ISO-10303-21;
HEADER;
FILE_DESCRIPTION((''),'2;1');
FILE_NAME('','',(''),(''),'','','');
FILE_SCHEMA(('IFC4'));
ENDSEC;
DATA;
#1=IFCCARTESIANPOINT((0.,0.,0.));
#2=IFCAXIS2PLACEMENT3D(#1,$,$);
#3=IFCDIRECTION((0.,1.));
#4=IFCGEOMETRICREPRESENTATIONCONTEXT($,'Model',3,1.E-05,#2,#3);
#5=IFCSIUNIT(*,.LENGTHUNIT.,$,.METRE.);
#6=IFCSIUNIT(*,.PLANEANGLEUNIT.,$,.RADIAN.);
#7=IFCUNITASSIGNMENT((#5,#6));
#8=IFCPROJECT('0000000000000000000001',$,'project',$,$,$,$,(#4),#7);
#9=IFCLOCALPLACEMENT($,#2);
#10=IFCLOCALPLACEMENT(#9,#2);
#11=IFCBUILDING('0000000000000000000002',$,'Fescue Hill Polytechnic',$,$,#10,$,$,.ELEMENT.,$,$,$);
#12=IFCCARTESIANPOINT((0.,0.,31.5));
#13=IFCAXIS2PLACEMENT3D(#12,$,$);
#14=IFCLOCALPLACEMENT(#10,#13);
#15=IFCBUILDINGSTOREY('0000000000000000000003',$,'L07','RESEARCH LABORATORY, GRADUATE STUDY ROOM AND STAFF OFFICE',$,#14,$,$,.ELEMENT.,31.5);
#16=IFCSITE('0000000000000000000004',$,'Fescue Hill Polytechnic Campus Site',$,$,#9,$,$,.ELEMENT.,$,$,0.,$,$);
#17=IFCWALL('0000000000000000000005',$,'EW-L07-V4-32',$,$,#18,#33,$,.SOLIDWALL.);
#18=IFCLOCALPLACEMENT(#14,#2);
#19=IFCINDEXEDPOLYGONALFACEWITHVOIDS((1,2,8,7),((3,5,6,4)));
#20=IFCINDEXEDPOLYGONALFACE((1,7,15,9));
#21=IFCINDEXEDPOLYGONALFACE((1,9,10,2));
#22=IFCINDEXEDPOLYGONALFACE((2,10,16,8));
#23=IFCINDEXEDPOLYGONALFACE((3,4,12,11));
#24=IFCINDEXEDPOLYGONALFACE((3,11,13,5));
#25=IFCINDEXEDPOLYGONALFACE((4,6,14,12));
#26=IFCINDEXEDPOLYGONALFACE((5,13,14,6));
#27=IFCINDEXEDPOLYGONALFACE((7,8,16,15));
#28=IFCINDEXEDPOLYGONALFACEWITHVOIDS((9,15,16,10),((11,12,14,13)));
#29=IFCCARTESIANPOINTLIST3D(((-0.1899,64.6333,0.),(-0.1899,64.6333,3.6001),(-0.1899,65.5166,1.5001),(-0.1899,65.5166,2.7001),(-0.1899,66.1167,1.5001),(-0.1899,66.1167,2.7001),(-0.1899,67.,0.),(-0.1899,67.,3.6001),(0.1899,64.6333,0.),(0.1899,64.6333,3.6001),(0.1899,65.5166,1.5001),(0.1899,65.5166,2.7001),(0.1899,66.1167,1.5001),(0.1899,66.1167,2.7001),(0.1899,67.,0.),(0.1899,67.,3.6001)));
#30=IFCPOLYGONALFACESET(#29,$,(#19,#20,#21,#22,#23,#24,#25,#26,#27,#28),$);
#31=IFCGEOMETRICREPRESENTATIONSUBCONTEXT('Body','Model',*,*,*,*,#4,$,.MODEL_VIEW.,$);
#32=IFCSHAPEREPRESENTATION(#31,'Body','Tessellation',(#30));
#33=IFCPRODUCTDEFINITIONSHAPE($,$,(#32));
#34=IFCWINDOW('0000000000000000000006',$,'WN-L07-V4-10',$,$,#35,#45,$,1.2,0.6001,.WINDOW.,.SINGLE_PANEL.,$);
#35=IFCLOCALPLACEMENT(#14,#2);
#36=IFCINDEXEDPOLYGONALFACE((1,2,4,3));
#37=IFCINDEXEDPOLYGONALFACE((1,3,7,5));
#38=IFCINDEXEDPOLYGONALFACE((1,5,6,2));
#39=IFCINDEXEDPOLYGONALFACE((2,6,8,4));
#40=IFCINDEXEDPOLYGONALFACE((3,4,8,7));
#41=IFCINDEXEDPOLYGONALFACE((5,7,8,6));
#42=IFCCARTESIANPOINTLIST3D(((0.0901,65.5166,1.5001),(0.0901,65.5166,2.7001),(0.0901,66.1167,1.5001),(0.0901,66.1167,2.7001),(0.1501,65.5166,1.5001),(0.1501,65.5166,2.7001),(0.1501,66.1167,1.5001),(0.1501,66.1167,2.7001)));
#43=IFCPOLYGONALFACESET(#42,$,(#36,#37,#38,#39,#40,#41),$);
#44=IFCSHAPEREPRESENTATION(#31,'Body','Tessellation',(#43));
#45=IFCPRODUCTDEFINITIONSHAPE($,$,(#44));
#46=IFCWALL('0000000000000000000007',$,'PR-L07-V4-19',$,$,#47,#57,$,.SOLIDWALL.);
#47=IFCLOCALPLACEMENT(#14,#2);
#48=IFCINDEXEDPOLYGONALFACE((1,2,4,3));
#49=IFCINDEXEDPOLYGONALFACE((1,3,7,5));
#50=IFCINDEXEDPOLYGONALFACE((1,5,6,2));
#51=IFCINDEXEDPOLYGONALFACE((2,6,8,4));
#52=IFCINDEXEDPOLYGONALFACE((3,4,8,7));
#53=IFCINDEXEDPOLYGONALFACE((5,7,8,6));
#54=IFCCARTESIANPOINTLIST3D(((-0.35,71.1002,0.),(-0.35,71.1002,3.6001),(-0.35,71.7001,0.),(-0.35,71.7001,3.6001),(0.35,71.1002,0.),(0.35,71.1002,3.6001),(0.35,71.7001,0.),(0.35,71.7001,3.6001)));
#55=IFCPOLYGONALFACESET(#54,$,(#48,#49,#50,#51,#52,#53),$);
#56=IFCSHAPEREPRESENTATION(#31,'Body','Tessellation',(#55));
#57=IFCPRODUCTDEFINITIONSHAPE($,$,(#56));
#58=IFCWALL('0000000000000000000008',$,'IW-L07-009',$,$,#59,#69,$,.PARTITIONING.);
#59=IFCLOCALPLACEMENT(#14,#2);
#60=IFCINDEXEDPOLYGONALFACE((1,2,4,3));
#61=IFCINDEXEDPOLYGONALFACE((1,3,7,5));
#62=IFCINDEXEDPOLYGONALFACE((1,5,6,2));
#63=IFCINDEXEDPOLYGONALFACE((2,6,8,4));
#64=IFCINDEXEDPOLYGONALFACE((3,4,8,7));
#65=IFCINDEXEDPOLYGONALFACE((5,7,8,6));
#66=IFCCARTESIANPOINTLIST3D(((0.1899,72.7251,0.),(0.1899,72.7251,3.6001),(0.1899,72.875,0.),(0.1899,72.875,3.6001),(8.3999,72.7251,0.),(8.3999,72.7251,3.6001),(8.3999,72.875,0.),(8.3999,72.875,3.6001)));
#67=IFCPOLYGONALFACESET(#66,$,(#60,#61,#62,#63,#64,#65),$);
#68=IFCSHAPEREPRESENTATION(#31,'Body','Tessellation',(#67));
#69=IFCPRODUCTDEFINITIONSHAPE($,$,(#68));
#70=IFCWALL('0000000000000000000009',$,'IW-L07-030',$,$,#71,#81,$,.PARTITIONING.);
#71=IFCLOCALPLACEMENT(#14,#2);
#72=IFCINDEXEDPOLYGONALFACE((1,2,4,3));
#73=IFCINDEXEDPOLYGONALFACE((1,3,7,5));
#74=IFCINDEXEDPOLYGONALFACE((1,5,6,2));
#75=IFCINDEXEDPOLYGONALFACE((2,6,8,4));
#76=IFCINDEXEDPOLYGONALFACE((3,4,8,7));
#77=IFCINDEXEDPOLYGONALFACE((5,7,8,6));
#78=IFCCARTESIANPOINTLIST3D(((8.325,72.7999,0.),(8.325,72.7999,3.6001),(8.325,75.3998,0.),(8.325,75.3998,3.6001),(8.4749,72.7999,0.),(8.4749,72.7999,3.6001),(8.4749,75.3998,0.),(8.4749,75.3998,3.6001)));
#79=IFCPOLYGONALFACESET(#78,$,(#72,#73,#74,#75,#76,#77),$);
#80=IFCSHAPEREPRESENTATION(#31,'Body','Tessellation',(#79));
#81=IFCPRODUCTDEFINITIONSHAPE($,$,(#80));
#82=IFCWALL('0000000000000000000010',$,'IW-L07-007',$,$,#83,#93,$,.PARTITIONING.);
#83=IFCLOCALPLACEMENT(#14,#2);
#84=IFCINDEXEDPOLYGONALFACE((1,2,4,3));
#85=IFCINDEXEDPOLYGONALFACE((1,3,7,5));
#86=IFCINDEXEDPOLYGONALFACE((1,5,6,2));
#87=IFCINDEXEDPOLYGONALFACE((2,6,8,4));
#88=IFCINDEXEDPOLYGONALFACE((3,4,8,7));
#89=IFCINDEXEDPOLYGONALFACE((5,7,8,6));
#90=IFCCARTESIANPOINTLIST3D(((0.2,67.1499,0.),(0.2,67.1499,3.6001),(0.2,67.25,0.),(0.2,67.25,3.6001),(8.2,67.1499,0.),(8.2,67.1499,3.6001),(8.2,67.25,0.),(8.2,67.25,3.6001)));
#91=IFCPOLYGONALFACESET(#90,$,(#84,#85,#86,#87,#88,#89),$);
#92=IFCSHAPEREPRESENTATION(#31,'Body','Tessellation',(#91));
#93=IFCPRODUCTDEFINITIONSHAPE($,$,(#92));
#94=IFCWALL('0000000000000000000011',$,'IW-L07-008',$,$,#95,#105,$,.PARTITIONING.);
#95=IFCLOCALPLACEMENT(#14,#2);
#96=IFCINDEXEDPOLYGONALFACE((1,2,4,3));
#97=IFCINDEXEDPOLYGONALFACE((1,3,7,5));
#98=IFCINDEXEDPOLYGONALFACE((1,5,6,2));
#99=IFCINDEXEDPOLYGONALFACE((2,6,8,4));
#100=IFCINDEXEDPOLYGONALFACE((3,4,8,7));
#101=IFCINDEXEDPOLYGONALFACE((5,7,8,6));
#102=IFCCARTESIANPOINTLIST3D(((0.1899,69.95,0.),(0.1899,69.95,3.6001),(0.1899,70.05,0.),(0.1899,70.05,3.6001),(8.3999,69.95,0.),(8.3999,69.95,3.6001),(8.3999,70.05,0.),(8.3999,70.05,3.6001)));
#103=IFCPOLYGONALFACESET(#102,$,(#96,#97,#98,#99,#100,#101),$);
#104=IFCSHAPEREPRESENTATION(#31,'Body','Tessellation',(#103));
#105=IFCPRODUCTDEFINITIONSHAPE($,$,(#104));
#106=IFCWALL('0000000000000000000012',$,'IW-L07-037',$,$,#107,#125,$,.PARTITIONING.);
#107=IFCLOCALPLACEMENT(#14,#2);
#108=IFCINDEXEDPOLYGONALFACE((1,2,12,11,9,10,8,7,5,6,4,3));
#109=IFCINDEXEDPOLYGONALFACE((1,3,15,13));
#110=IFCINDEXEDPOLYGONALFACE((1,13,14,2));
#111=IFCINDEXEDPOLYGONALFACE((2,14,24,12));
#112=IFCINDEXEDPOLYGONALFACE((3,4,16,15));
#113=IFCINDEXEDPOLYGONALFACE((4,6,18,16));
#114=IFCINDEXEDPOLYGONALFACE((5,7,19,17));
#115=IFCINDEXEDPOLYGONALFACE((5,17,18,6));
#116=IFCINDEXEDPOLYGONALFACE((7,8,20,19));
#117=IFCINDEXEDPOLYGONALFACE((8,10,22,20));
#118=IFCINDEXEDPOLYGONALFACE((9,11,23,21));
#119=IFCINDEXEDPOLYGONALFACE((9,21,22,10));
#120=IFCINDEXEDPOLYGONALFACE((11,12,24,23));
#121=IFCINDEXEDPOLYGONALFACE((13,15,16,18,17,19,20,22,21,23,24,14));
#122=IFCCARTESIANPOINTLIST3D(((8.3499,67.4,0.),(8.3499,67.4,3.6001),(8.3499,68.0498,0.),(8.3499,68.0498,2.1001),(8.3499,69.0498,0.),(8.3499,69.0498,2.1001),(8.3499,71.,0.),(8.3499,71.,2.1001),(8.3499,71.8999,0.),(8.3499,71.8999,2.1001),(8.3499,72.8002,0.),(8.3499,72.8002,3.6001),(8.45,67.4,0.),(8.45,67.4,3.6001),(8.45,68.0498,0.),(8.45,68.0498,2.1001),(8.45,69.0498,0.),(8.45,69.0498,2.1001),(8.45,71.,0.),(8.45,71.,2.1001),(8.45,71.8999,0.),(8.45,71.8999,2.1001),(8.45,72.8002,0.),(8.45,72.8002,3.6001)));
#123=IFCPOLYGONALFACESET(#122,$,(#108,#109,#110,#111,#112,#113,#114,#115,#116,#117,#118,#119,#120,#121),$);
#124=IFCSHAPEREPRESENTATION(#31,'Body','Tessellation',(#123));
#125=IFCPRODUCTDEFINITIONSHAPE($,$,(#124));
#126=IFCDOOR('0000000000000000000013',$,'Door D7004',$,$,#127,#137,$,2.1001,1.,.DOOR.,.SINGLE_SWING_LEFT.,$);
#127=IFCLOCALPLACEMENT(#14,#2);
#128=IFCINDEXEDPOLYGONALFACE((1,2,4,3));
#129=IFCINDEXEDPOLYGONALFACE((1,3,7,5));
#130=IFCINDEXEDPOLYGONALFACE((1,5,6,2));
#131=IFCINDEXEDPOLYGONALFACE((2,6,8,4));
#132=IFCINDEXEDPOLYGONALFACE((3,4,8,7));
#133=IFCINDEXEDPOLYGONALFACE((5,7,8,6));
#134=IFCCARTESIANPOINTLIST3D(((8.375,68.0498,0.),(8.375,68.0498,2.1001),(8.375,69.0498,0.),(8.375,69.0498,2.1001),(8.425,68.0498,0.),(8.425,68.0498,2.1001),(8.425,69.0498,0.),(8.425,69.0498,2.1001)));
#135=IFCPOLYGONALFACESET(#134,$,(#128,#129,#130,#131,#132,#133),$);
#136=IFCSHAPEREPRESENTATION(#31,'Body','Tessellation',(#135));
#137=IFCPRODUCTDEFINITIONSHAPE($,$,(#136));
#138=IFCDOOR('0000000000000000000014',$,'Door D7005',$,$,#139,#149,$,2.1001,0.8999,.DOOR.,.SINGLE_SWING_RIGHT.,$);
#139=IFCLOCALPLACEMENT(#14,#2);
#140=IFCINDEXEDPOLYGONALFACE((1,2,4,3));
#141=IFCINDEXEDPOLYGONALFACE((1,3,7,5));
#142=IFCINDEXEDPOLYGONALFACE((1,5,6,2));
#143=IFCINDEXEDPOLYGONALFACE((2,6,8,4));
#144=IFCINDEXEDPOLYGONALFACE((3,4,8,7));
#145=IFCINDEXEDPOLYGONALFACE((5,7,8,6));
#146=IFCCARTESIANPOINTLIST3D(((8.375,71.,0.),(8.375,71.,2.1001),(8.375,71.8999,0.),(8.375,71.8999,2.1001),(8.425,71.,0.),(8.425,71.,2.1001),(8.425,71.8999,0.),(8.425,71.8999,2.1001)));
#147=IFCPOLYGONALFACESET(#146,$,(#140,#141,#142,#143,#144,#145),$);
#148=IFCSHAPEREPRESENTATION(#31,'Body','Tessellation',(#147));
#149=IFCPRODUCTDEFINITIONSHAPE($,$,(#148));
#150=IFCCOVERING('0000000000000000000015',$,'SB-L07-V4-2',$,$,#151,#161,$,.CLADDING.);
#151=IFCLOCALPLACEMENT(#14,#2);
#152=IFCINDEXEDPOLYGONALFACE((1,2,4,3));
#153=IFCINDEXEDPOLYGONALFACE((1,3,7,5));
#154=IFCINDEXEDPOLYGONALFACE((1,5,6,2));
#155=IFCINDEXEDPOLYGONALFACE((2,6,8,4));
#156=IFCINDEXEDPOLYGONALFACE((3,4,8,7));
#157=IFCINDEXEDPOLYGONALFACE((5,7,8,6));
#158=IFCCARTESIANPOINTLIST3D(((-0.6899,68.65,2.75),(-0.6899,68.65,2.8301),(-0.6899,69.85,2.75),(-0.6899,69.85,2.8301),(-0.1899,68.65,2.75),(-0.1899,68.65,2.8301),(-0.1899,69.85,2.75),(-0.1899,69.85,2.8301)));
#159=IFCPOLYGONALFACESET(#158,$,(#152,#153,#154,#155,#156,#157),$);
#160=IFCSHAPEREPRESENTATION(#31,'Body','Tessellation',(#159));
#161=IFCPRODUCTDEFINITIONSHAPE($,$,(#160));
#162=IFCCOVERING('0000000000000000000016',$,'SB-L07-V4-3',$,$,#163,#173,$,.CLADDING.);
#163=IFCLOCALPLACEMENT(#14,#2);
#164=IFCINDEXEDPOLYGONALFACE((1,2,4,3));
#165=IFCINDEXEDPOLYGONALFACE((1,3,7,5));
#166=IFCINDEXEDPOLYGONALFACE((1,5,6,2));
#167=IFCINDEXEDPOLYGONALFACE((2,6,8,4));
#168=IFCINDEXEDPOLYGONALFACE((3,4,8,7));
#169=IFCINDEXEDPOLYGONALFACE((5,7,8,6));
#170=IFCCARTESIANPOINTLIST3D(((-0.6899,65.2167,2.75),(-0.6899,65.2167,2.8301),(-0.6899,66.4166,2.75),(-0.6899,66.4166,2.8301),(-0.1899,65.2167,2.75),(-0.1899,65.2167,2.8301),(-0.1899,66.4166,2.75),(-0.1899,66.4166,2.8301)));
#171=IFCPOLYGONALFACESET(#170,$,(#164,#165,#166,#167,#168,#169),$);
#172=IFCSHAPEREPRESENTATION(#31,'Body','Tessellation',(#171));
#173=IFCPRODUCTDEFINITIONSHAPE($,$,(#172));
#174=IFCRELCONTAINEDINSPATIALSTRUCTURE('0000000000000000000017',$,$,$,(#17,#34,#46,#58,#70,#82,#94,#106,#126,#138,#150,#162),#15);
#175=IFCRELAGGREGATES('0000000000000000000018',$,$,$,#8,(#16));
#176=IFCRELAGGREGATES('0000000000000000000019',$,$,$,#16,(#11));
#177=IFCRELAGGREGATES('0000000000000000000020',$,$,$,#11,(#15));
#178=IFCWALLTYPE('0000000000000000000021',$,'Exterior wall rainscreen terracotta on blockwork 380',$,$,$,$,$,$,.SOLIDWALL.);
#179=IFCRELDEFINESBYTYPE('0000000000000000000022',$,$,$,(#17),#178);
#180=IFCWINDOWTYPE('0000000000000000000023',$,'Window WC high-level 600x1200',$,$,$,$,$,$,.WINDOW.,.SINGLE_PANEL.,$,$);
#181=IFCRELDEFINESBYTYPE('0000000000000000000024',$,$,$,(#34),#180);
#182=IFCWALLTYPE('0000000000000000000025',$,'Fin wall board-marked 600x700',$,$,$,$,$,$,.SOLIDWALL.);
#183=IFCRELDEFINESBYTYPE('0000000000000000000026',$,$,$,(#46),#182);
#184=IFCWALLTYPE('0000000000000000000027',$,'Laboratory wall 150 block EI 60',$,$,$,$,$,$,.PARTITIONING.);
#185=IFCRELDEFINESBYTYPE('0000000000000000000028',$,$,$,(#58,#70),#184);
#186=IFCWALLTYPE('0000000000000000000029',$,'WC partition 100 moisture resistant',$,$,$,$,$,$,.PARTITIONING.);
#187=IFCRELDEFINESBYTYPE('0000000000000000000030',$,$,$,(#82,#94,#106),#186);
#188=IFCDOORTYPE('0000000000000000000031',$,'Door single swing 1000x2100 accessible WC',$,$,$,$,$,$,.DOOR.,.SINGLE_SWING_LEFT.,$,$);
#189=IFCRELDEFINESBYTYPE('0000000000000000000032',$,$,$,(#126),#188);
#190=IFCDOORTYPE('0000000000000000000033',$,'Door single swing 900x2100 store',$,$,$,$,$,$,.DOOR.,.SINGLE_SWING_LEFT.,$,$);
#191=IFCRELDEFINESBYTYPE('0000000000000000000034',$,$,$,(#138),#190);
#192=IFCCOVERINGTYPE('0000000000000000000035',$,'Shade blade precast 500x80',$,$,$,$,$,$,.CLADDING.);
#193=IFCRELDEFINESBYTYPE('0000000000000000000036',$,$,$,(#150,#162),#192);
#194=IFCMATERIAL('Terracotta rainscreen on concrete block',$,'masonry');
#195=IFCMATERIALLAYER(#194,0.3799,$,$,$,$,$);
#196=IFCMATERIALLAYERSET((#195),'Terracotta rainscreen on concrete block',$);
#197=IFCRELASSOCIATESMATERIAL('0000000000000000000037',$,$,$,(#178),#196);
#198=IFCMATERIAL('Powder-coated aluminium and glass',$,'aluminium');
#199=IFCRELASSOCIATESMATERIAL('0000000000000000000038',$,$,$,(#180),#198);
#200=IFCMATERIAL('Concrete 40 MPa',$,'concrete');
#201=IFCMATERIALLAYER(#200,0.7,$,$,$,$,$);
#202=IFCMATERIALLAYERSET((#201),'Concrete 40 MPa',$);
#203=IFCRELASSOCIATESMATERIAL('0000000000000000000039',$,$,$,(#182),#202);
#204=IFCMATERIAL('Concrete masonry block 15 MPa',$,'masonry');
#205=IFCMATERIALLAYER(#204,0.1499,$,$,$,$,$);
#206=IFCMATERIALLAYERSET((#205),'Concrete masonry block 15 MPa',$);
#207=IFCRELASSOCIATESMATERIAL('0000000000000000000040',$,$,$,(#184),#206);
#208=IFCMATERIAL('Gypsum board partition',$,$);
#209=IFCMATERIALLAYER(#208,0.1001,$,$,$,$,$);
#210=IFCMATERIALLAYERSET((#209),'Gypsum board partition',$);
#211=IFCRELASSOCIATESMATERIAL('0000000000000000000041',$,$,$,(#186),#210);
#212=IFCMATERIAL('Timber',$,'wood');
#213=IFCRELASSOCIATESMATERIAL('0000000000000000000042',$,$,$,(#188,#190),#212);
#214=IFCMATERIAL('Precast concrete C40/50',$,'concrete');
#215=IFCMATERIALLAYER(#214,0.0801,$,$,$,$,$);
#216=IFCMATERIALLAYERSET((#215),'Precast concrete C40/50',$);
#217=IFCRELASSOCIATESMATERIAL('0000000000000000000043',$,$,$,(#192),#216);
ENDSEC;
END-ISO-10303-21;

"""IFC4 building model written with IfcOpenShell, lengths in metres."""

from ifc_helpers import new_model, si_unit, direction, frame, frame_2d, origin, origin_2d, place, context, subcontext, project, spatial, rectangle, extrude, material, layer, layer_set, type_object, element, fill, save


model = new_model("IFC4")

# Units and contexts
model_context = context("Model", 3, precision=1e-05, world=origin(), true_north=direction((0.0, 1.0)))
body_context = subcontext(model_context, "Body", "Model", "MODEL_VIEW")
ifc_project = project(units=[si_unit("LENGTHUNIT", "METRE"), si_unit("PLANEANGLEUNIT", "RADIAN")], contexts=[model_context])

# Site, building, storey
site_placement = place(None, origin())
site = spatial("IfcSite", under=ifc_project, at=site_placement, Name="Fescue Hill Polytechnic Campus Site", CompositionType="ELEMENT", RefElevation=0.0)
building_placement = place(site_placement, origin())
building = spatial("IfcBuilding", under=site, at=building_placement, Name="Fescue Hill Polytechnic", CompositionType="ELEMENT")
storey_placement = place(building_placement, frame((0.0, 0.0, 31.5)))
storey = spatial("IfcBuildingStorey", under=building, at=storey_placement, Name="L07", Description="RESEARCH LABORATORY, GRADUATE STUDY ROOM AND STAFF OFFICE", CompositionType="ELEMENT", Elevation=31.5)

# Shared definitions
ifc_material_1 = material(Name="Concrete 40 MPa", Category="concrete")

# Shared definitions
ifc_material_2 = material(Name="Terracotta rainscreen on concrete block", Category="masonry")
ifc_layer_1 = layer(ifc_material_2, 0.3799)
ifc_layer_set_1 = layer_set([ifc_layer_1], Name="Terracotta rainscreen on concrete block")
wall_type_1 = type_object("IfcWallType", Name="Exterior wall rainscreen terracotta on blockwork 380", PredefinedType="SOLIDWALL", material=ifc_layer_set_1)

# Wall, opening, window
ifc_material_3 = material(Name="Powder-coated aluminium and glass", Category="aluminium")
window_type = type_object("IfcWindowType", Name="Window WC high-level 600x1200", PartitioningType="SINGLE_PANEL", PredefinedType="WINDOW", material=ifc_material_3)
wall_1_placement = place(storey_placement, frame((0.0, 67.0, 0.0), z_axis=(0.0, 0.0, 1.0), x_axis=(0.0, -1.0, 0.0)))
wall_1 = element("IfcWall", 1, at=wall_1_placement, inside=storey, type_object=wall_type_1, Name="EW-L07-V4-32", PredefinedType="SOLIDWALL", context=body_context, shape_type="SweptSolid", body=[
    extrude(rectangle(XDim=2.3667, YDim=0.3799, at=frame_2d((1.1833, 0.0))), origin(), (0.0, 0.0, 1.0), 3.6001),
])
opening_1_placement = place(wall_1_placement, frame((0.8833, 0.0, 1.5)))
opening_1 = element("IfcOpeningElement", 2, at=opening_1_placement, cuts=wall_1, PredefinedType="OPENING", context=body_context, shape_type="SweptSolid", body=[
    extrude(rectangle(XDim=0.6001, YDim=1.2, at=frame_2d((0.3, 0.6001))), frame((0.0, 0.2, 0.0), z_axis=(0.0, -1.0, 0.0), x_axis=(1.0, 0.0, 0.0)), (0.0, 0.0, 1.0), 0.3999),
])
window_1_placement = place(opening_1_placement, origin())
window_1 = element("IfcWindow", 3, at=window_1_placement, inside=storey, type_object=window_type, Name="WN-L07-V4-10", OverallHeight=1.2, OverallWidth=0.6001, PartitioningType="SINGLE_PANEL", PredefinedType="WINDOW", context=body_context, shape_type="SweptSolid", body=[
    extrude(rectangle(XDim=0.6001, YDim=1.2, at=frame_2d((0.3, 0.6001))), frame((0.0, 0.1501, 0.0), z_axis=(0.0, -1.0, 0.0), x_axis=(1.0, 0.0, 0.0)), (0.0, 0.0, 1.0), 0.0601),
])
fill(opening_1, window_1)

# Walls
ifc_layer_2 = layer(ifc_material_1, 0.7)
ifc_layer_set_2 = layer_set([ifc_layer_2], Name="Concrete 40 MPa")
wall_type_2 = type_object("IfcWallType", Name="Fin wall board-marked 600x700", PredefinedType="SOLIDWALL", material=ifc_layer_set_2)
wall_2_placement = place(storey_placement, frame((0.0, 71.7, 0.0), z_axis=(0.0, 0.0, 1.0), x_axis=(0.0, -1.0, 0.0)))
element("IfcWall", 4, at=wall_2_placement, inside=storey, type_object=wall_type_2, Name="PR-L07-V4-19", PredefinedType="SOLIDWALL", context=body_context, shape_type="SweptSolid", body=[
    extrude(rectangle(XDim=0.5999, YDim=0.7, at=frame_2d((0.2998, 0.0))), origin(), (0.0, 0.0, 1.0), 3.6001),
])
ifc_material_4 = material(Name="Concrete masonry block 15 MPa", Category="masonry")
ifc_layer_3 = layer(ifc_material_4, 0.1499)
ifc_layer_set_3 = layer_set([ifc_layer_3], Name="Concrete masonry block 15 MPa")
wall_type_3 = type_object("IfcWallType", Name="Laboratory wall 150 block EI 60", PredefinedType="PARTITIONING", material=ifc_layer_set_3)
wall_3_placement = place(storey_placement, frame((0.1899, 72.8, 0.0), z_axis=(0.0, 0.0, 1.0), x_axis=(1.0, 0.0, 0.0)))
element("IfcWall", 5, at=wall_3_placement, inside=storey, type_object=wall_type_3, Name="IW-L07-009", PredefinedType="PARTITIONING", context=body_context, shape_type="SweptSolid", body=[
    extrude(rectangle(XDim=8.21, YDim=0.1499, at=frame_2d((4.105, 0.0))), origin(), (0.0, 0.0, 1.0), 3.6001),
])
wall_4_placement = place(storey_placement, frame((8.3999, 72.8, 0.0), z_axis=(0.0, 0.0, 1.0), x_axis=(0.0, 1.0, 0.0)))
element("IfcWall", 6, at=wall_4_placement, inside=storey, type_object=wall_type_3, Name="IW-L07-030", PredefinedType="PARTITIONING", context=body_context, shape_type="SweptSolid", body=[
    extrude(rectangle(XDim=2.5999, YDim=0.1499, at=frame_2d((1.2998, 0.0))), origin(), (0.0, 0.0, 1.0), 3.6001),
])
ifc_material_5 = material(Name="Gypsum board partition")
ifc_layer_4 = layer(ifc_material_5, 0.1001)
ifc_layer_set_4 = layer_set([ifc_layer_4], Name="Gypsum board partition")
wall_type_4 = type_object("IfcWallType", Name="WC partition 100 moisture resistant", PredefinedType="PARTITIONING", material=ifc_layer_set_4)
wall_5_placement = place(storey_placement, frame((0.2, 67.2, 0.0), z_axis=(0.0, 0.0, 1.0), x_axis=(1.0, 0.0, 0.0)))
element("IfcWall", 7, at=wall_5_placement, inside=storey, type_object=wall_type_4, Name="IW-L07-007", PredefinedType="PARTITIONING", context=body_context, shape_type="SweptSolid", body=[
    extrude(rectangle(XDim=8.0, YDim=0.1001, at=frame_2d((4.0, 0.0))), origin(), (0.0, 0.0, 1.0), 3.6001),
])
wall_6_placement = place(storey_placement, frame((0.1899, 70.0, 0.0), z_axis=(0.0, 0.0, 1.0), x_axis=(1.0, 0.0, 0.0)))
element("IfcWall", 8, at=wall_6_placement, inside=storey, type_object=wall_type_4, Name="IW-L07-008", PredefinedType="PARTITIONING", context=body_context, shape_type="SweptSolid", body=[
    extrude(rectangle(XDim=8.21, YDim=0.1001, at=frame_2d((4.105, 0.0))), origin(), (0.0, 0.0, 1.0), 3.6001),
])

# Wall, openings, doors
wall_7_placement = place(storey_placement, frame((8.3999, 67.3999, 0.0), z_axis=(0.0, 0.0, 1.0), x_axis=(0.0, 1.0, 0.0)))
wall_7 = element("IfcWall", 9, at=wall_7_placement, inside=storey, type_object=wall_type_4, Name="IW-L07-037", PredefinedType="PARTITIONING", context=body_context, shape_type="SweptSolid", body=[
    extrude(rectangle(XDim=5.4001, YDim=0.1001, at=frame_2d((2.7002, 0.0))), origin(), (0.0, 0.0, 1.0), 3.6001),
])
opening_2_placement = place(wall_7_placement, frame((0.6499, 0.0, 0.0)))
opening_2 = element("IfcOpeningElement", 10, at=opening_2_placement, cuts=wall_7, PredefinedType="OPENING", context=body_context, shape_type="SweptSolid", body=[
    extrude(rectangle(XDim=1.0, YDim=2.1001, at=frame_2d((0.5, 1.05))), frame((0.0, 0.0601, 0.0), z_axis=(0.0, -1.0, 0.0), x_axis=(1.0, 0.0, 0.0)), (0.0, 0.0, 1.0), 0.1201),
])
opening_3_placement = place(wall_7_placement, frame((3.6001, 0.0, 0.0)))
opening_3 = element("IfcOpeningElement", 11, at=opening_3_placement, cuts=wall_7, PredefinedType="OPENING", context=body_context, shape_type="SweptSolid", body=[
    extrude(rectangle(XDim=0.8999, YDim=2.1001, at=frame_2d((0.45, 1.05))), frame((0.0, 0.0601, 0.0), z_axis=(0.0, -1.0, 0.0), x_axis=(1.0, 0.0, 0.0)), (0.0, 0.0, 1.0), 0.1201),
])
ifc_material_6 = material(Name="Timber", Category="wood")
door_type_1 = type_object("IfcDoorType", Name="Door single swing 1000x2100 accessible WC", OperationType="SINGLE_SWING_LEFT", PredefinedType="DOOR", material=ifc_material_6)
door_1_placement = place(opening_2_placement, origin())
door_1 = element("IfcDoor", 12, at=door_1_placement, inside=storey, type_object=door_type_1, Name="Door D7004", OperationType="SINGLE_SWING_LEFT", OverallHeight=2.1001, OverallWidth=1.0, PredefinedType="DOOR", context=body_context, shape_type="SweptSolid", body=[
    extrude(rectangle(XDim=1.0, YDim=2.1001, at=frame_2d((0.5, 1.05))), frame((0.0, 0.0249, 0.0), z_axis=(0.0, -1.0, 0.0), x_axis=(1.0, 0.0, 0.0)), (0.0, 0.0, 1.0), 0.05),
])
fill(opening_2, door_1)
door_type_2 = type_object("IfcDoorType", Name="Door single swing 900x2100 store", OperationType="SINGLE_SWING_LEFT", PredefinedType="DOOR", material=ifc_material_6)
door_2_placement = place(opening_3_placement, origin())
door_2 = element("IfcDoor", 13, at=door_2_placement, inside=storey, type_object=door_type_2, Name="Door D7005", OperationType="SINGLE_SWING_RIGHT", OverallHeight=2.1001, OverallWidth=0.8999, PredefinedType="DOOR", context=body_context, shape_type="SweptSolid", body=[
    extrude(rectangle(XDim=0.8999, YDim=2.1001, at=frame_2d((0.45, 1.05))), frame((0.0, 0.0249, 0.0), z_axis=(0.0, -1.0, 0.0), x_axis=(1.0, 0.0, 0.0)), (0.0, 0.0, 1.0), 0.05),
])
fill(opening_3, door_2)

# Coverings
ifc_material_7 = material(Name="Precast concrete C40/50", Category="concrete")
ifc_layer_5 = layer(ifc_material_7, 0.0801)
ifc_layer_set_5 = layer_set([ifc_layer_5], Name="Precast concrete C40/50")
covering_type = type_object("IfcCoveringType", Name="Shade blade precast 500x80", PredefinedType="CLADDING", material=ifc_layer_set_5)
for number, where, z_axis, x_axis, name in (
    (14, (-0.4399, 69.25, 2.75), (0.0, 0.0, 1.0), (0.0, -1.0, 0.0), "SB-L07-V4-2"),
    (15, (-0.4399, 65.8167, 2.75), (0.0, 0.0, 1.0), (0.0, -1.0, 0.0), "SB-L07-V4-3"),
):
    element("IfcCovering", number, at=place(storey_placement, frame(where, z_axis=z_axis, x_axis=x_axis)), inside=storey, type_object=covering_type, Name=name, PredefinedType="CLADDING", context=body_context, shape_type="SweptSolid", body=[
        extrude(rectangle(XDim=1.2, YDim=0.5, at=origin_2d()), origin(), (0.0, 0.0, 1.0), 0.0801),
    ])

save(model, "model.ifc")
